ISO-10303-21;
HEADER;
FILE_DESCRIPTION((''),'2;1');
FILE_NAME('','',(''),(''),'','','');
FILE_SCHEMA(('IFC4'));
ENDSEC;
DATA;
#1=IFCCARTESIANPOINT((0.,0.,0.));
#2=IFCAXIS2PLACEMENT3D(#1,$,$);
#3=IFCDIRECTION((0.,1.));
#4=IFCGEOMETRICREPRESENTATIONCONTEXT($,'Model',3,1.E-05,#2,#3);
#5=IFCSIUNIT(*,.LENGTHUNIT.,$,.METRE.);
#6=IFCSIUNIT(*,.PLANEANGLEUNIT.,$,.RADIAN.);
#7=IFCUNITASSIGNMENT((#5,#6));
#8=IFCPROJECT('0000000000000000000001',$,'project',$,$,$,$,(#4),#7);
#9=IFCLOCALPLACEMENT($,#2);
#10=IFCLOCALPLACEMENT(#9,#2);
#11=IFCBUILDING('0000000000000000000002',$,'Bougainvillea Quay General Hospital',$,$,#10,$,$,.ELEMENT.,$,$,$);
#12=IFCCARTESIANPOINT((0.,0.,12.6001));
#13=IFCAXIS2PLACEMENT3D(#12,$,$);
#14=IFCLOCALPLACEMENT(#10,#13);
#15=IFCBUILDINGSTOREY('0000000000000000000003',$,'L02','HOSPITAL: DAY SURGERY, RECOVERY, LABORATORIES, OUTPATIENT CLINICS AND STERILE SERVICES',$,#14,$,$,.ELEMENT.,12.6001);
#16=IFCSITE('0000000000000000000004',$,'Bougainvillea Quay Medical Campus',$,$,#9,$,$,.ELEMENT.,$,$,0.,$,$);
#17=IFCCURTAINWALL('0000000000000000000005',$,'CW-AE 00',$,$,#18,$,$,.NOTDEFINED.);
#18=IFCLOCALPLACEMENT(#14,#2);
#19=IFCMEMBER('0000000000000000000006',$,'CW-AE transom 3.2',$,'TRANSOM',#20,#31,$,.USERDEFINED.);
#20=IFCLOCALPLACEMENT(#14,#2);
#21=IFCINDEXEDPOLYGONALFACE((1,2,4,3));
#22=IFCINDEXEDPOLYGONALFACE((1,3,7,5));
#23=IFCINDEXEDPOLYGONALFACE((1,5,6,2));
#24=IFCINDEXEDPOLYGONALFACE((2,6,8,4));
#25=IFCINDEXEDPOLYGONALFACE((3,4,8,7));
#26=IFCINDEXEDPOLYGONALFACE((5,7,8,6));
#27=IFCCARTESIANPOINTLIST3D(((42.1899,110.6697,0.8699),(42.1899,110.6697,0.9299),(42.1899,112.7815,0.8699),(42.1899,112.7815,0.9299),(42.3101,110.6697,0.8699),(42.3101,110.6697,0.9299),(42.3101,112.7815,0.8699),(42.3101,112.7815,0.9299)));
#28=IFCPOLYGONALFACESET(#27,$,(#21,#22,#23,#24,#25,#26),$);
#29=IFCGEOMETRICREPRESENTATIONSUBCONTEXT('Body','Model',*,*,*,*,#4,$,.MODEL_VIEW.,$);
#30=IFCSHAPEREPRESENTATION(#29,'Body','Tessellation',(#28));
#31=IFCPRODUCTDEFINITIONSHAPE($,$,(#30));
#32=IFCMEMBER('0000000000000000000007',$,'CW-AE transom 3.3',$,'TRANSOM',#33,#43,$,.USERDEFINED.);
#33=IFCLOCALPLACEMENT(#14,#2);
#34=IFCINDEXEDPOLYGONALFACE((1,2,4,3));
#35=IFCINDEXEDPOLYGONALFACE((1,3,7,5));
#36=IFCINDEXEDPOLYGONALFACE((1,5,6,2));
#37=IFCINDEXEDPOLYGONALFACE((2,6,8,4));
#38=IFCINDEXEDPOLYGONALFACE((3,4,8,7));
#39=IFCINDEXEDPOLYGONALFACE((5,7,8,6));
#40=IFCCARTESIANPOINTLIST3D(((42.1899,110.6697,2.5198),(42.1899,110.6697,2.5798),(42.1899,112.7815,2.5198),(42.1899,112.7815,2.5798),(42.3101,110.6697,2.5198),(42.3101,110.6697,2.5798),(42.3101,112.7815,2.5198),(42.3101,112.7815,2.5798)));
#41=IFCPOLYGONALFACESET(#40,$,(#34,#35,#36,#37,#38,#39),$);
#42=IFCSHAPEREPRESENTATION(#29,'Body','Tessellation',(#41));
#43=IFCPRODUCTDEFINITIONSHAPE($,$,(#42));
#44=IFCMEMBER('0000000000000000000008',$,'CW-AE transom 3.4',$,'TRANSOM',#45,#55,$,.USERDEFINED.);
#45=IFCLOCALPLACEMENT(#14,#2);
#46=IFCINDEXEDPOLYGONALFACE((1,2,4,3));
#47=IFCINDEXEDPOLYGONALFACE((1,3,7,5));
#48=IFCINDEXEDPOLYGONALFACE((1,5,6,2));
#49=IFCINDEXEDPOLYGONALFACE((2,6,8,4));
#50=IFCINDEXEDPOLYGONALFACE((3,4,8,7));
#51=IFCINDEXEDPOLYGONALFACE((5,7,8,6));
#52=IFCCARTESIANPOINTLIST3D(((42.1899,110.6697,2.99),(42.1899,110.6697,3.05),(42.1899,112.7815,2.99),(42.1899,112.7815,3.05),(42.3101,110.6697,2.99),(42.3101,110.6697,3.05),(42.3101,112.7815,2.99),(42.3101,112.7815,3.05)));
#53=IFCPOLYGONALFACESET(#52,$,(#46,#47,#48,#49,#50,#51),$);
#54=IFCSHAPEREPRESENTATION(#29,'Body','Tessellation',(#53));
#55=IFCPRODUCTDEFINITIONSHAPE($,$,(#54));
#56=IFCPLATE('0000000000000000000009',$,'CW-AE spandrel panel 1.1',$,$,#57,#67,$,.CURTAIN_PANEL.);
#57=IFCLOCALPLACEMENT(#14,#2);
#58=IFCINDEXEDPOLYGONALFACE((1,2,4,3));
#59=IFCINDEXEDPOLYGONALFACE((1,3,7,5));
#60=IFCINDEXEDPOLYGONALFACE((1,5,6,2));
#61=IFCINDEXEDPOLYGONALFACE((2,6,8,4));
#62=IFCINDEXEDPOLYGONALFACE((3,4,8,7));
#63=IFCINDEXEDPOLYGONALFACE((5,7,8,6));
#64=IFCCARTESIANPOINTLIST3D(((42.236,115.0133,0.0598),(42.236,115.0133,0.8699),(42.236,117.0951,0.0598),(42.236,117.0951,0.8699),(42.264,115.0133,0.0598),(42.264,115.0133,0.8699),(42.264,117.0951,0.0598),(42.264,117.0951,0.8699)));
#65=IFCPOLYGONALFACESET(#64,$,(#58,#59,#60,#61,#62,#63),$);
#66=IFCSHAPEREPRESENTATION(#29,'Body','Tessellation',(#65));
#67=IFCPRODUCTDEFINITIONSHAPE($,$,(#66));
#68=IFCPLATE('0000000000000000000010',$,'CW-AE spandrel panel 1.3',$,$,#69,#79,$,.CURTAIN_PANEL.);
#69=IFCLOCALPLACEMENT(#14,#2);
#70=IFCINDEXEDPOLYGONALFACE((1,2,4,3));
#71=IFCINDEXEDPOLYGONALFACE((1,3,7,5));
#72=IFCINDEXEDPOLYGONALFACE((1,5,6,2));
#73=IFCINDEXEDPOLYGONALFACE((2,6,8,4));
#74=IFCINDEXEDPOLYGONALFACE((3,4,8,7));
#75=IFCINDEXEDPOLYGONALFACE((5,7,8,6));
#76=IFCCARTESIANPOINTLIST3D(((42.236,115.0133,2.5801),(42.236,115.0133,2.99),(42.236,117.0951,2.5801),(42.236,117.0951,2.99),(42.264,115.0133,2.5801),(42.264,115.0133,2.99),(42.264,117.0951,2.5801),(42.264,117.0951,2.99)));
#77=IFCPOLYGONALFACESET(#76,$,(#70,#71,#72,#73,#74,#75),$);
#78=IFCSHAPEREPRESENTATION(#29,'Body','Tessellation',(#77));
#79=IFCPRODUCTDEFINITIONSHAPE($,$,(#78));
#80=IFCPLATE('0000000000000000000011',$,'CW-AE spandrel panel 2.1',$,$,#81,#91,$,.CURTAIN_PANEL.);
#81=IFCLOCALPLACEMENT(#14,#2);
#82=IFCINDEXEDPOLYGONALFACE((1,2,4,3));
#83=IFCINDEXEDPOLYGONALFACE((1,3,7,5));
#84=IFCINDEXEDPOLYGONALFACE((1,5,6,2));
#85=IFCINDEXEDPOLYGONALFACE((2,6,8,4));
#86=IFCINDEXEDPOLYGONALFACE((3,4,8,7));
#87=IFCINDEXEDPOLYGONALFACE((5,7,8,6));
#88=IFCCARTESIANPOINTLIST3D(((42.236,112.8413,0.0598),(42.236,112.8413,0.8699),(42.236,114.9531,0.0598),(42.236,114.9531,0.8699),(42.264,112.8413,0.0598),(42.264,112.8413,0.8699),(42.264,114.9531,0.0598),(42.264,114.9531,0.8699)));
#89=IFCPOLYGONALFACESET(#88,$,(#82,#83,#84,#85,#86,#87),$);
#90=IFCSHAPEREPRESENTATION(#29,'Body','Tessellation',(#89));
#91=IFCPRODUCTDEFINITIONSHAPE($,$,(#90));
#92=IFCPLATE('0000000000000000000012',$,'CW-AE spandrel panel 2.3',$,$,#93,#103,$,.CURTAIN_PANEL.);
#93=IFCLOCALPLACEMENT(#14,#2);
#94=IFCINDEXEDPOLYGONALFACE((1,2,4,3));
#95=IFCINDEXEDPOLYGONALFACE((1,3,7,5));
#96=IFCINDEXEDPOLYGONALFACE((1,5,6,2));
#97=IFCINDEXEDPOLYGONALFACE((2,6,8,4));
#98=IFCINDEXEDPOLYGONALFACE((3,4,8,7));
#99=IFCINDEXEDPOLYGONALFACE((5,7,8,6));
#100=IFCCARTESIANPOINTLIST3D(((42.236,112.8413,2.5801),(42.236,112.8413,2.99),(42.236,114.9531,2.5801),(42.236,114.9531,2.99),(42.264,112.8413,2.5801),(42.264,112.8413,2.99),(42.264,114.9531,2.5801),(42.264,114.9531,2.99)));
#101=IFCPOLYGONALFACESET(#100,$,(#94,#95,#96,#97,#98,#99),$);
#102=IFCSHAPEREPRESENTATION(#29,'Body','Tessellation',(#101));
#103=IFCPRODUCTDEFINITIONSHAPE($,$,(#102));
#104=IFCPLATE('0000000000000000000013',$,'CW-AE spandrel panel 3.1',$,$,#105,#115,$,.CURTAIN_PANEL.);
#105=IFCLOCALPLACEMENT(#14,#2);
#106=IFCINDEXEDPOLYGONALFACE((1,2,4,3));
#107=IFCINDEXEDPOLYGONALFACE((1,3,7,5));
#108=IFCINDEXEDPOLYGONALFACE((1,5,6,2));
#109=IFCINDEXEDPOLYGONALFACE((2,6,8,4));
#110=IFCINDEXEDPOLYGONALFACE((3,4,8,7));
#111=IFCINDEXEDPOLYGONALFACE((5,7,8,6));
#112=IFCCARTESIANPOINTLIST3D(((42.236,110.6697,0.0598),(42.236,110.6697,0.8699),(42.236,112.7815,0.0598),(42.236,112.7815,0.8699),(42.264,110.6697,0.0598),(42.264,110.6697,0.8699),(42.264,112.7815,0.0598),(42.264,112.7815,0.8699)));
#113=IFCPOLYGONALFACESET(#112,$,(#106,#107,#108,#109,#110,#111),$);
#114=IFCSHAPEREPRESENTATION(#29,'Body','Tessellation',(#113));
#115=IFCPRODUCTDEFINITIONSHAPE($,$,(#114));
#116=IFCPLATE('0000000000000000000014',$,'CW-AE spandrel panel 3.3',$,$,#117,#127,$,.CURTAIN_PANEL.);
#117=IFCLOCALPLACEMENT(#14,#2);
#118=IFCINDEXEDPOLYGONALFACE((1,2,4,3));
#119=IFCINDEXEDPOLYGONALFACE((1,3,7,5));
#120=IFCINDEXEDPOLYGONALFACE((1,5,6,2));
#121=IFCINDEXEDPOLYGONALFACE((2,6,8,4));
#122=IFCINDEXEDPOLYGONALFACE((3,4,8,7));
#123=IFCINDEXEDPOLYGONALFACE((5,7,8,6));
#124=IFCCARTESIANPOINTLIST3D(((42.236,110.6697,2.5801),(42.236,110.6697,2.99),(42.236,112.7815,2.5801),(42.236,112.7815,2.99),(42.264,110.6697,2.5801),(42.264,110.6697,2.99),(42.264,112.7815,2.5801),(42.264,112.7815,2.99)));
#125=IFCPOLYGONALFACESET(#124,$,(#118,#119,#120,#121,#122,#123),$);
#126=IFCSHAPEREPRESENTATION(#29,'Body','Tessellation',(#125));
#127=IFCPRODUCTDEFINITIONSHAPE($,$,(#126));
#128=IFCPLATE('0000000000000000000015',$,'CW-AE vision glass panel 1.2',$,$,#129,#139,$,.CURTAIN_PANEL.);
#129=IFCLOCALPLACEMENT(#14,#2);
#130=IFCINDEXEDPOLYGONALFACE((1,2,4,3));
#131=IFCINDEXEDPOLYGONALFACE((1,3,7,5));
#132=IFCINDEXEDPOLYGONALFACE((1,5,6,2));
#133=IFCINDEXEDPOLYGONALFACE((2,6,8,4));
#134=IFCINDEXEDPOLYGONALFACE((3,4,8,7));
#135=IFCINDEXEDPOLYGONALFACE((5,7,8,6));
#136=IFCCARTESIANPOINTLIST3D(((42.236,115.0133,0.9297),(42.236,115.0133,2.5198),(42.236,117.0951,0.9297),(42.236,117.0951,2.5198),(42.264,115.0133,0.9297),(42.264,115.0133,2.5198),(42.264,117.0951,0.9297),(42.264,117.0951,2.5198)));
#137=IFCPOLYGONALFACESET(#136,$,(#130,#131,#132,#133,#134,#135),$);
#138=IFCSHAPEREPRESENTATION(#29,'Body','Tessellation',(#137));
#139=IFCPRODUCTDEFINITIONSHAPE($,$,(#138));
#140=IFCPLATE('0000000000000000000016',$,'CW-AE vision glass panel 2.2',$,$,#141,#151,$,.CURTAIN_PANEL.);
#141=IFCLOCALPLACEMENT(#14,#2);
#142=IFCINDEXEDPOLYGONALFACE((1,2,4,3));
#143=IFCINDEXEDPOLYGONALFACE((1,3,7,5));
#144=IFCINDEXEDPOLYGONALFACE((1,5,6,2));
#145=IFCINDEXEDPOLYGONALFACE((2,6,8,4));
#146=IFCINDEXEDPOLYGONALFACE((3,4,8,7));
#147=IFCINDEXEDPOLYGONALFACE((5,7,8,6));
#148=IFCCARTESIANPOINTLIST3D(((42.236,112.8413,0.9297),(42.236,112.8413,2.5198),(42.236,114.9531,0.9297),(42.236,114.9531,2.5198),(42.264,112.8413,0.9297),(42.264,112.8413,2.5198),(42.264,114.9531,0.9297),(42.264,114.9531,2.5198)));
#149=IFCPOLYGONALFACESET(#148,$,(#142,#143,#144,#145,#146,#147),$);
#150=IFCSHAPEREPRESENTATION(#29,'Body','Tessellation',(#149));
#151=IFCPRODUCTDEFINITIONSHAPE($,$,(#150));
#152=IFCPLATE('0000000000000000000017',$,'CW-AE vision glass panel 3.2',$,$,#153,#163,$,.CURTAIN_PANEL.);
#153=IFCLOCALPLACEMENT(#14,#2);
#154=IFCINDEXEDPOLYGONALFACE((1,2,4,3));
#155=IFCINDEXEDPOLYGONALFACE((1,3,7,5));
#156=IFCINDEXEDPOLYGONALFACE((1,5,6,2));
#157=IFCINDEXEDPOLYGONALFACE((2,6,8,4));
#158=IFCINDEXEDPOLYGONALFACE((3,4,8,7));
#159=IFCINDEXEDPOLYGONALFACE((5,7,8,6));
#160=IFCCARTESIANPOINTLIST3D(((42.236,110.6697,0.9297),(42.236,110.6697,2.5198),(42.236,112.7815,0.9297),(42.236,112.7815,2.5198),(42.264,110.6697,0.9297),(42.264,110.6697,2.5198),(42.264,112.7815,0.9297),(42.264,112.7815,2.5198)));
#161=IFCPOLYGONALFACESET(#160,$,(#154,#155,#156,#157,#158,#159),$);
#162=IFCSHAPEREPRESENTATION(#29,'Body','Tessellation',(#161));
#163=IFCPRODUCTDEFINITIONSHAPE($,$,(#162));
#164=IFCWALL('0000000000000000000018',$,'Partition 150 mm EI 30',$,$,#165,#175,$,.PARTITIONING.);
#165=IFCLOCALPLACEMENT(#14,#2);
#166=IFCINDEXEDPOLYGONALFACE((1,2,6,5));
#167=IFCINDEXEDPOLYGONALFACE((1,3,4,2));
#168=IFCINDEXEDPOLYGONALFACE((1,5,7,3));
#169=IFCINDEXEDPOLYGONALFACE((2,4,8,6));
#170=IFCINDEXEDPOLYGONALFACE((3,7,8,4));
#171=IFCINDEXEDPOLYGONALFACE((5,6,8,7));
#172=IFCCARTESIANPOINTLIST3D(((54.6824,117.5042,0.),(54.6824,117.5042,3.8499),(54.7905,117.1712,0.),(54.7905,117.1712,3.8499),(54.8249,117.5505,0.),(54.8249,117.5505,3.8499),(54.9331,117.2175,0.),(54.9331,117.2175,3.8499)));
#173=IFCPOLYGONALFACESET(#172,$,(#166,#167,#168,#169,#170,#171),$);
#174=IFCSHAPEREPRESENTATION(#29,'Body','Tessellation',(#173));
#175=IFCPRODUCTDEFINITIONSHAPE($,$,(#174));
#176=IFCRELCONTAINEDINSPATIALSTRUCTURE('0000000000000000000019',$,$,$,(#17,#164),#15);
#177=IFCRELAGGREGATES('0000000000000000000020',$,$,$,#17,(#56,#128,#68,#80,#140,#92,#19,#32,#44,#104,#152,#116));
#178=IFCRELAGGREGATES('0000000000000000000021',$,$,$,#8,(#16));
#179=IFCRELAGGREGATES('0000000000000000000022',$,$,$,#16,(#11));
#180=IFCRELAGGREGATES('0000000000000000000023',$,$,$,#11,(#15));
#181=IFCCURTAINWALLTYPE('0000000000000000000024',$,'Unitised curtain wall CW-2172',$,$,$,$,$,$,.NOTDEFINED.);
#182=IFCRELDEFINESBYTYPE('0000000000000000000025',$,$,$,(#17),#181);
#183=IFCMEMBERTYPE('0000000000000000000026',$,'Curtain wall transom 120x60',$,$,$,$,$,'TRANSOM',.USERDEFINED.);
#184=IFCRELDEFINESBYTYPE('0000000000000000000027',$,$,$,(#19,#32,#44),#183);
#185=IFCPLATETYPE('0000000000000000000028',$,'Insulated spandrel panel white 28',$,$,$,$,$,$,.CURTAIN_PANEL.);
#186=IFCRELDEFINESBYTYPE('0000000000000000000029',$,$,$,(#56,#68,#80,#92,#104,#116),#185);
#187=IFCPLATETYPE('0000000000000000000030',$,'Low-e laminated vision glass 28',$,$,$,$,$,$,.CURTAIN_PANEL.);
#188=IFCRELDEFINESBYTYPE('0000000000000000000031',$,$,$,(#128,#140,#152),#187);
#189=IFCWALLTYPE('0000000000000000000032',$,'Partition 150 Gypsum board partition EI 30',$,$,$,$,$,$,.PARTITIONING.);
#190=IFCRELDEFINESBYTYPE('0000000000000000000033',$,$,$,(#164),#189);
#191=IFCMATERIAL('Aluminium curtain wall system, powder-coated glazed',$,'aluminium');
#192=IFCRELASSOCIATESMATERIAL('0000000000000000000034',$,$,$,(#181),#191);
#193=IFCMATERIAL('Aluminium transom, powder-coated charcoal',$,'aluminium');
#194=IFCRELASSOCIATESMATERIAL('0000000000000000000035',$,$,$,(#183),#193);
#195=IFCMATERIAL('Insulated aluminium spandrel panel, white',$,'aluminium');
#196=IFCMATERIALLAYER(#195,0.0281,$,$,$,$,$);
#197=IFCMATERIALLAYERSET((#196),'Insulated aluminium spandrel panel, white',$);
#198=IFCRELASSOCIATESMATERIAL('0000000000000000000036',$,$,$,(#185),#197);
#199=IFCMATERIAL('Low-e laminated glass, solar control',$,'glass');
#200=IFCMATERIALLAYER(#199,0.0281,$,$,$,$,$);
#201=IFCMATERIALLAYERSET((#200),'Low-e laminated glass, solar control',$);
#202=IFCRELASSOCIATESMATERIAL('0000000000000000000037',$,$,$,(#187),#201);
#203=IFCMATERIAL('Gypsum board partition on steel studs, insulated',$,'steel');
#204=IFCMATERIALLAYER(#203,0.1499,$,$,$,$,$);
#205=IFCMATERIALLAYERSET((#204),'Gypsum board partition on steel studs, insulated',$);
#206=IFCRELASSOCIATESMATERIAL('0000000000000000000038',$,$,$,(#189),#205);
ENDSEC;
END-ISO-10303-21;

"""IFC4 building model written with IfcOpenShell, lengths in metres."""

from ifc_helpers import new_model, si_unit, direction, frame, frame_2d, origin, origin_2d, place, context, subcontext, project, spatial, rectangle, extrude, material, layer, layer_set, material_profile, profile_set, type_object, element, aggregate, save


model = new_model("IFC4")

# Units and contexts
model_context = context("Model", 3, precision=1e-05, world=origin(), true_north=direction((0.0, 1.0)))
body_context = subcontext(model_context, "Body", "Model", "MODEL_VIEW")
ifc_project = project(units=[si_unit("LENGTHUNIT", "METRE"), si_unit("PLANEANGLEUNIT", "RADIAN")], contexts=[model_context])

# Site, building, storey
site_placement = place(None, origin())
site = spatial("IfcSite", under=ifc_project, at=site_placement, Name="Bougainvillea Quay Medical Campus", CompositionType="ELEMENT", RefElevation=0.0)
building_placement = place(site_placement, origin())
building = spatial("IfcBuilding", under=site, at=building_placement, Name="Bougainvillea Quay General Hospital", CompositionType="ELEMENT")
storey_placement = place(building_placement, frame((0.0, 0.0, 12.6001)))
storey = spatial("IfcBuildingStorey", under=building, at=storey_placement, Name="L02", Description="HOSPITAL: DAY SURGERY, RECOVERY, LABORATORIES, OUTPATIENT CLINICS AND STERILE SERVICES", CompositionType="ELEMENT", Elevation=12.6001)

# Curtain wall, members, plates
ifc_material_1 = material(Name="Aluminium curtain wall system, powder-coated glazed", Category="aluminium")
curtain_wall_type = type_object("IfcCurtainWallType", Name="Unitised curtain wall CW-2172", PredefinedType="NOTDEFINED", material=ifc_material_1)
curtain_wall_placement = place(storey_placement, origin())
curtain_wall = element("IfcCurtainWall", 1, at=curtain_wall_placement, inside=storey, type_object=curtain_wall_type, Name="CW-AE 00", PredefinedType="NOTDEFINED")
ifc_material_2 = material(Name="Aluminium transom, powder-coated charcoal", Category="aluminium")
ifc_material_profile_1 = material_profile(ifc_material_2, rectangle(XDim=0.1201, YDim=0.0601, at=origin_2d()))
ifc_profile_set_1 = profile_set([ifc_material_profile_1], Name="Aluminium transom, powder-coated charcoal")
member_type_1 = type_object("IfcMemberType", Name="Curtain wall transom 120x60", ElementType="TRANSOM", PredefinedType="USERDEFINED", material=ifc_profile_set_1)
member_1_placement = place(storey_placement, frame((42.25, 112.7815, 0.8999), z_axis=(0.0, -1.0, 0.0), x_axis=(1.0, 0.0, 0.0)))
member_1 = element("IfcMember", 2, at=member_1_placement, type_object=member_type_1, Name="CW-AE transom 3.2", ObjectType="TRANSOM", PredefinedType="USERDEFINED", context=body_context, shape_type="SweptSolid", body=[
    extrude(rectangle(XDim=0.1201, YDim=0.0601, at=origin_2d()), origin(), (0.0, 0.0, 1.0), 2.1118),
])
member_2_placement = place(storey_placement, frame((42.25, 112.7815, 2.5498), z_axis=(0.0, -1.0, 0.0), x_axis=(1.0, 0.0, 0.0)))
member_2 = element("IfcMember", 3, at=member_2_placement, type_object=member_type_1, Name="CW-AE transom 3.3", ObjectType="TRANSOM", PredefinedType="USERDEFINED", context=body_context, shape_type="SweptSolid", body=[
    extrude(rectangle(XDim=0.1201, YDim=0.0601, at=origin_2d()), origin(), (0.0, 0.0, 1.0), 2.1118),
])
member_3_placement = place(storey_placement, frame((42.25, 112.7815, 3.02), z_axis=(0.0, -1.0, 0.0), x_axis=(1.0, 0.0, 0.0)))
member_3 = element("IfcMember", 4, at=member_3_placement, type_object=member_type_1, Name="CW-AE transom 3.4", ObjectType="TRANSOM", PredefinedType="USERDEFINED", context=body_context, shape_type="SweptSolid", body=[
    extrude(rectangle(XDim=0.1201, YDim=0.0601, at=origin_2d()), origin(), (0.0, 0.0, 1.0), 2.1118),
])
ifc_material_3 = material(Name="Insulated aluminium spandrel panel, white", Category="aluminium")
ifc_layer_1 = layer(ifc_material_3, 0.0281)
ifc_layer_set_1 = layer_set([ifc_layer_1], Name="Insulated aluminium spandrel panel, white")
plate_type_1 = type_object("IfcPlateType", Name="Insulated spandrel panel white 28", PredefinedType="CURTAIN_PANEL", material=ifc_layer_set_1)
plate_1_placement = place(storey_placement, frame((42.25, 116.0542, 0.0598), z_axis=(0.0, 0.0, 1.0), x_axis=(0.0, -1.0, 0.0)))
plate_1 = element("IfcPlate", 5, at=plate_1_placement, type_object=plate_type_1, Name="CW-AE spandrel panel 1.1", PredefinedType="CURTAIN_PANEL", context=body_context, shape_type="SweptSolid", body=[
    extrude(rectangle(XDim=2.0818, YDim=0.0281, at=origin_2d()), origin(), (0.0, 0.0, 1.0), 0.8101),
])
plate_2_placement = place(storey_placement, frame((42.25, 116.0542, 2.5801), z_axis=(0.0, 0.0, 1.0), x_axis=(0.0, -1.0, 0.0)))
plate_2 = element("IfcPlate", 6, at=plate_2_placement, type_object=plate_type_1, Name="CW-AE spandrel panel 1.3", PredefinedType="CURTAIN_PANEL", context=body_context, shape_type="SweptSolid", body=[
    extrude(rectangle(XDim=2.0818, YDim=0.0281, at=origin_2d()), origin(), (0.0, 0.0, 1.0), 0.4099),
])
plate_3_placement = place(storey_placement, frame((42.25, 113.8972, 0.0598), z_axis=(0.0, 0.0, 1.0), x_axis=(0.0, -1.0, 0.0)))
plate_3 = element("IfcPlate", 7, at=plate_3_placement, type_object=plate_type_1, Name="CW-AE spandrel panel 2.1", PredefinedType="CURTAIN_PANEL", context=body_context, shape_type="SweptSolid", body=[
    extrude(rectangle(XDim=2.1118, YDim=0.0281, at=origin_2d()), origin(), (0.0, 0.0, 1.0), 0.8101),
])
plate_4_placement = place(storey_placement, frame((42.25, 113.8972, 2.5801), z_axis=(0.0, 0.0, 1.0), x_axis=(0.0, -1.0, 0.0)))
plate_4 = element("IfcPlate", 8, at=plate_4_placement, type_object=plate_type_1, Name="CW-AE spandrel panel 2.3", PredefinedType="CURTAIN_PANEL", context=body_context, shape_type="SweptSolid", body=[
    extrude(rectangle(XDim=2.1118, YDim=0.0281, at=origin_2d()), origin(), (0.0, 0.0, 1.0), 0.4099),
])
plate_5_placement = place(storey_placement, frame((42.25, 111.7256, 0.0598), z_axis=(0.0, 0.0, 1.0), x_axis=(0.0, -1.0, 0.0)))
plate_5 = element("IfcPlate", 9, at=plate_5_placement, type_object=plate_type_1, Name="CW-AE spandrel panel 3.1", PredefinedType="CURTAIN_PANEL", context=body_context, shape_type="SweptSolid", body=[
    extrude(rectangle(XDim=2.1118, YDim=0.0281, at=origin_2d()), origin(), (0.0, 0.0, 1.0), 0.8101),
])
plate_6_placement = place(storey_placement, frame((42.25, 111.7256, 2.5801), z_axis=(0.0, 0.0, 1.0), x_axis=(0.0, -1.0, 0.0)))
plate_6 = element("IfcPlate", 10, at=plate_6_placement, type_object=plate_type_1, Name="CW-AE spandrel panel 3.3", PredefinedType="CURTAIN_PANEL", context=body_context, shape_type="SweptSolid", body=[
    extrude(rectangle(XDim=2.1118, YDim=0.0281, at=origin_2d()), origin(), (0.0, 0.0, 1.0), 0.4099),
])
ifc_material_4 = material(Name="Low-e laminated glass, solar control", Category="glass")
ifc_layer_2 = layer(ifc_material_4, 0.0281)
ifc_layer_set_2 = layer_set([ifc_layer_2], Name="Low-e laminated glass, solar control")
plate_type_2 = type_object("IfcPlateType", Name="Low-e laminated vision glass 28", PredefinedType="CURTAIN_PANEL", material=ifc_layer_set_2)
plate_7_placement = place(storey_placement, frame((42.25, 116.0542, 0.9297), z_axis=(0.0, 0.0, 1.0), x_axis=(0.0, -1.0, 0.0)))
plate_7 = element("IfcPlate", 11, at=plate_7_placement, type_object=plate_type_2, Name="CW-AE vision glass panel 1.2", PredefinedType="CURTAIN_PANEL", context=body_context, shape_type="SweptSolid", body=[
    extrude(rectangle(XDim=2.0818, YDim=0.0281, at=origin_2d()), origin(), (0.0, 0.0, 1.0), 1.5901),
])
plate_8_placement = place(storey_placement, frame((42.25, 113.8972, 0.9297), z_axis=(0.0, 0.0, 1.0), x_axis=(0.0, -1.0, 0.0)))
plate_8 = element("IfcPlate", 12, at=plate_8_placement, type_object=plate_type_2, Name="CW-AE vision glass panel 2.2", PredefinedType="CURTAIN_PANEL", context=body_context, shape_type="SweptSolid", body=[
    extrude(rectangle(XDim=2.1118, YDim=0.0281, at=origin_2d()), origin(), (0.0, 0.0, 1.0), 1.5901),
])
plate_9_placement = place(storey_placement, frame((42.25, 111.7256, 0.9297), z_axis=(0.0, 0.0, 1.0), x_axis=(0.0, -1.0, 0.0)))
plate_9 = element("IfcPlate", 13, at=plate_9_placement, type_object=plate_type_2, Name="CW-AE vision glass panel 3.2", PredefinedType="CURTAIN_PANEL", context=body_context, shape_type="SweptSolid", body=[
    extrude(rectangle(XDim=2.1118, YDim=0.0281, at=origin_2d()), origin(), (0.0, 0.0, 1.0), 1.5901),
])
aggregate(curtain_wall, [plate_1, plate_7, plate_2, plate_3, plate_8, plate_4, member_1, member_2, member_3, plate_5, plate_9, plate_6])

# Wall
ifc_material_5 = material(Name="Gypsum board partition on steel studs, insulated", Category="steel")
ifc_layer_3 = layer(ifc_material_5, 0.1499)
ifc_layer_set_3 = layer_set([ifc_layer_3], Name="Gypsum board partition on steel studs, insulated")
wall_type_1 = type_object("IfcWallType", Name="Partition 150 Gypsum board partition EI 30", PredefinedType="PARTITIONING", material=ifc_layer_set_3)
wall_1_placement = place(storey_placement, frame((54.7537, 117.5273, 0.0), z_axis=(0.0, 0.0, 1.0), x_axis=(0.308897, -0.951096, 0.0)))
element("IfcWall", 14, at=wall_1_placement, inside=storey, type_object=wall_type_1, Name="Partition 150 mm EI 30", PredefinedType="PARTITIONING", context=body_context, shape_type="SweptSolid", body=[
    extrude(rectangle(XDim=0.3501, YDim=0.1499, at=frame_2d((0.175, 0.0))), origin(), (0.0, 0.0, 1.0), 3.8499),
])

save(model, "model.ifc")
